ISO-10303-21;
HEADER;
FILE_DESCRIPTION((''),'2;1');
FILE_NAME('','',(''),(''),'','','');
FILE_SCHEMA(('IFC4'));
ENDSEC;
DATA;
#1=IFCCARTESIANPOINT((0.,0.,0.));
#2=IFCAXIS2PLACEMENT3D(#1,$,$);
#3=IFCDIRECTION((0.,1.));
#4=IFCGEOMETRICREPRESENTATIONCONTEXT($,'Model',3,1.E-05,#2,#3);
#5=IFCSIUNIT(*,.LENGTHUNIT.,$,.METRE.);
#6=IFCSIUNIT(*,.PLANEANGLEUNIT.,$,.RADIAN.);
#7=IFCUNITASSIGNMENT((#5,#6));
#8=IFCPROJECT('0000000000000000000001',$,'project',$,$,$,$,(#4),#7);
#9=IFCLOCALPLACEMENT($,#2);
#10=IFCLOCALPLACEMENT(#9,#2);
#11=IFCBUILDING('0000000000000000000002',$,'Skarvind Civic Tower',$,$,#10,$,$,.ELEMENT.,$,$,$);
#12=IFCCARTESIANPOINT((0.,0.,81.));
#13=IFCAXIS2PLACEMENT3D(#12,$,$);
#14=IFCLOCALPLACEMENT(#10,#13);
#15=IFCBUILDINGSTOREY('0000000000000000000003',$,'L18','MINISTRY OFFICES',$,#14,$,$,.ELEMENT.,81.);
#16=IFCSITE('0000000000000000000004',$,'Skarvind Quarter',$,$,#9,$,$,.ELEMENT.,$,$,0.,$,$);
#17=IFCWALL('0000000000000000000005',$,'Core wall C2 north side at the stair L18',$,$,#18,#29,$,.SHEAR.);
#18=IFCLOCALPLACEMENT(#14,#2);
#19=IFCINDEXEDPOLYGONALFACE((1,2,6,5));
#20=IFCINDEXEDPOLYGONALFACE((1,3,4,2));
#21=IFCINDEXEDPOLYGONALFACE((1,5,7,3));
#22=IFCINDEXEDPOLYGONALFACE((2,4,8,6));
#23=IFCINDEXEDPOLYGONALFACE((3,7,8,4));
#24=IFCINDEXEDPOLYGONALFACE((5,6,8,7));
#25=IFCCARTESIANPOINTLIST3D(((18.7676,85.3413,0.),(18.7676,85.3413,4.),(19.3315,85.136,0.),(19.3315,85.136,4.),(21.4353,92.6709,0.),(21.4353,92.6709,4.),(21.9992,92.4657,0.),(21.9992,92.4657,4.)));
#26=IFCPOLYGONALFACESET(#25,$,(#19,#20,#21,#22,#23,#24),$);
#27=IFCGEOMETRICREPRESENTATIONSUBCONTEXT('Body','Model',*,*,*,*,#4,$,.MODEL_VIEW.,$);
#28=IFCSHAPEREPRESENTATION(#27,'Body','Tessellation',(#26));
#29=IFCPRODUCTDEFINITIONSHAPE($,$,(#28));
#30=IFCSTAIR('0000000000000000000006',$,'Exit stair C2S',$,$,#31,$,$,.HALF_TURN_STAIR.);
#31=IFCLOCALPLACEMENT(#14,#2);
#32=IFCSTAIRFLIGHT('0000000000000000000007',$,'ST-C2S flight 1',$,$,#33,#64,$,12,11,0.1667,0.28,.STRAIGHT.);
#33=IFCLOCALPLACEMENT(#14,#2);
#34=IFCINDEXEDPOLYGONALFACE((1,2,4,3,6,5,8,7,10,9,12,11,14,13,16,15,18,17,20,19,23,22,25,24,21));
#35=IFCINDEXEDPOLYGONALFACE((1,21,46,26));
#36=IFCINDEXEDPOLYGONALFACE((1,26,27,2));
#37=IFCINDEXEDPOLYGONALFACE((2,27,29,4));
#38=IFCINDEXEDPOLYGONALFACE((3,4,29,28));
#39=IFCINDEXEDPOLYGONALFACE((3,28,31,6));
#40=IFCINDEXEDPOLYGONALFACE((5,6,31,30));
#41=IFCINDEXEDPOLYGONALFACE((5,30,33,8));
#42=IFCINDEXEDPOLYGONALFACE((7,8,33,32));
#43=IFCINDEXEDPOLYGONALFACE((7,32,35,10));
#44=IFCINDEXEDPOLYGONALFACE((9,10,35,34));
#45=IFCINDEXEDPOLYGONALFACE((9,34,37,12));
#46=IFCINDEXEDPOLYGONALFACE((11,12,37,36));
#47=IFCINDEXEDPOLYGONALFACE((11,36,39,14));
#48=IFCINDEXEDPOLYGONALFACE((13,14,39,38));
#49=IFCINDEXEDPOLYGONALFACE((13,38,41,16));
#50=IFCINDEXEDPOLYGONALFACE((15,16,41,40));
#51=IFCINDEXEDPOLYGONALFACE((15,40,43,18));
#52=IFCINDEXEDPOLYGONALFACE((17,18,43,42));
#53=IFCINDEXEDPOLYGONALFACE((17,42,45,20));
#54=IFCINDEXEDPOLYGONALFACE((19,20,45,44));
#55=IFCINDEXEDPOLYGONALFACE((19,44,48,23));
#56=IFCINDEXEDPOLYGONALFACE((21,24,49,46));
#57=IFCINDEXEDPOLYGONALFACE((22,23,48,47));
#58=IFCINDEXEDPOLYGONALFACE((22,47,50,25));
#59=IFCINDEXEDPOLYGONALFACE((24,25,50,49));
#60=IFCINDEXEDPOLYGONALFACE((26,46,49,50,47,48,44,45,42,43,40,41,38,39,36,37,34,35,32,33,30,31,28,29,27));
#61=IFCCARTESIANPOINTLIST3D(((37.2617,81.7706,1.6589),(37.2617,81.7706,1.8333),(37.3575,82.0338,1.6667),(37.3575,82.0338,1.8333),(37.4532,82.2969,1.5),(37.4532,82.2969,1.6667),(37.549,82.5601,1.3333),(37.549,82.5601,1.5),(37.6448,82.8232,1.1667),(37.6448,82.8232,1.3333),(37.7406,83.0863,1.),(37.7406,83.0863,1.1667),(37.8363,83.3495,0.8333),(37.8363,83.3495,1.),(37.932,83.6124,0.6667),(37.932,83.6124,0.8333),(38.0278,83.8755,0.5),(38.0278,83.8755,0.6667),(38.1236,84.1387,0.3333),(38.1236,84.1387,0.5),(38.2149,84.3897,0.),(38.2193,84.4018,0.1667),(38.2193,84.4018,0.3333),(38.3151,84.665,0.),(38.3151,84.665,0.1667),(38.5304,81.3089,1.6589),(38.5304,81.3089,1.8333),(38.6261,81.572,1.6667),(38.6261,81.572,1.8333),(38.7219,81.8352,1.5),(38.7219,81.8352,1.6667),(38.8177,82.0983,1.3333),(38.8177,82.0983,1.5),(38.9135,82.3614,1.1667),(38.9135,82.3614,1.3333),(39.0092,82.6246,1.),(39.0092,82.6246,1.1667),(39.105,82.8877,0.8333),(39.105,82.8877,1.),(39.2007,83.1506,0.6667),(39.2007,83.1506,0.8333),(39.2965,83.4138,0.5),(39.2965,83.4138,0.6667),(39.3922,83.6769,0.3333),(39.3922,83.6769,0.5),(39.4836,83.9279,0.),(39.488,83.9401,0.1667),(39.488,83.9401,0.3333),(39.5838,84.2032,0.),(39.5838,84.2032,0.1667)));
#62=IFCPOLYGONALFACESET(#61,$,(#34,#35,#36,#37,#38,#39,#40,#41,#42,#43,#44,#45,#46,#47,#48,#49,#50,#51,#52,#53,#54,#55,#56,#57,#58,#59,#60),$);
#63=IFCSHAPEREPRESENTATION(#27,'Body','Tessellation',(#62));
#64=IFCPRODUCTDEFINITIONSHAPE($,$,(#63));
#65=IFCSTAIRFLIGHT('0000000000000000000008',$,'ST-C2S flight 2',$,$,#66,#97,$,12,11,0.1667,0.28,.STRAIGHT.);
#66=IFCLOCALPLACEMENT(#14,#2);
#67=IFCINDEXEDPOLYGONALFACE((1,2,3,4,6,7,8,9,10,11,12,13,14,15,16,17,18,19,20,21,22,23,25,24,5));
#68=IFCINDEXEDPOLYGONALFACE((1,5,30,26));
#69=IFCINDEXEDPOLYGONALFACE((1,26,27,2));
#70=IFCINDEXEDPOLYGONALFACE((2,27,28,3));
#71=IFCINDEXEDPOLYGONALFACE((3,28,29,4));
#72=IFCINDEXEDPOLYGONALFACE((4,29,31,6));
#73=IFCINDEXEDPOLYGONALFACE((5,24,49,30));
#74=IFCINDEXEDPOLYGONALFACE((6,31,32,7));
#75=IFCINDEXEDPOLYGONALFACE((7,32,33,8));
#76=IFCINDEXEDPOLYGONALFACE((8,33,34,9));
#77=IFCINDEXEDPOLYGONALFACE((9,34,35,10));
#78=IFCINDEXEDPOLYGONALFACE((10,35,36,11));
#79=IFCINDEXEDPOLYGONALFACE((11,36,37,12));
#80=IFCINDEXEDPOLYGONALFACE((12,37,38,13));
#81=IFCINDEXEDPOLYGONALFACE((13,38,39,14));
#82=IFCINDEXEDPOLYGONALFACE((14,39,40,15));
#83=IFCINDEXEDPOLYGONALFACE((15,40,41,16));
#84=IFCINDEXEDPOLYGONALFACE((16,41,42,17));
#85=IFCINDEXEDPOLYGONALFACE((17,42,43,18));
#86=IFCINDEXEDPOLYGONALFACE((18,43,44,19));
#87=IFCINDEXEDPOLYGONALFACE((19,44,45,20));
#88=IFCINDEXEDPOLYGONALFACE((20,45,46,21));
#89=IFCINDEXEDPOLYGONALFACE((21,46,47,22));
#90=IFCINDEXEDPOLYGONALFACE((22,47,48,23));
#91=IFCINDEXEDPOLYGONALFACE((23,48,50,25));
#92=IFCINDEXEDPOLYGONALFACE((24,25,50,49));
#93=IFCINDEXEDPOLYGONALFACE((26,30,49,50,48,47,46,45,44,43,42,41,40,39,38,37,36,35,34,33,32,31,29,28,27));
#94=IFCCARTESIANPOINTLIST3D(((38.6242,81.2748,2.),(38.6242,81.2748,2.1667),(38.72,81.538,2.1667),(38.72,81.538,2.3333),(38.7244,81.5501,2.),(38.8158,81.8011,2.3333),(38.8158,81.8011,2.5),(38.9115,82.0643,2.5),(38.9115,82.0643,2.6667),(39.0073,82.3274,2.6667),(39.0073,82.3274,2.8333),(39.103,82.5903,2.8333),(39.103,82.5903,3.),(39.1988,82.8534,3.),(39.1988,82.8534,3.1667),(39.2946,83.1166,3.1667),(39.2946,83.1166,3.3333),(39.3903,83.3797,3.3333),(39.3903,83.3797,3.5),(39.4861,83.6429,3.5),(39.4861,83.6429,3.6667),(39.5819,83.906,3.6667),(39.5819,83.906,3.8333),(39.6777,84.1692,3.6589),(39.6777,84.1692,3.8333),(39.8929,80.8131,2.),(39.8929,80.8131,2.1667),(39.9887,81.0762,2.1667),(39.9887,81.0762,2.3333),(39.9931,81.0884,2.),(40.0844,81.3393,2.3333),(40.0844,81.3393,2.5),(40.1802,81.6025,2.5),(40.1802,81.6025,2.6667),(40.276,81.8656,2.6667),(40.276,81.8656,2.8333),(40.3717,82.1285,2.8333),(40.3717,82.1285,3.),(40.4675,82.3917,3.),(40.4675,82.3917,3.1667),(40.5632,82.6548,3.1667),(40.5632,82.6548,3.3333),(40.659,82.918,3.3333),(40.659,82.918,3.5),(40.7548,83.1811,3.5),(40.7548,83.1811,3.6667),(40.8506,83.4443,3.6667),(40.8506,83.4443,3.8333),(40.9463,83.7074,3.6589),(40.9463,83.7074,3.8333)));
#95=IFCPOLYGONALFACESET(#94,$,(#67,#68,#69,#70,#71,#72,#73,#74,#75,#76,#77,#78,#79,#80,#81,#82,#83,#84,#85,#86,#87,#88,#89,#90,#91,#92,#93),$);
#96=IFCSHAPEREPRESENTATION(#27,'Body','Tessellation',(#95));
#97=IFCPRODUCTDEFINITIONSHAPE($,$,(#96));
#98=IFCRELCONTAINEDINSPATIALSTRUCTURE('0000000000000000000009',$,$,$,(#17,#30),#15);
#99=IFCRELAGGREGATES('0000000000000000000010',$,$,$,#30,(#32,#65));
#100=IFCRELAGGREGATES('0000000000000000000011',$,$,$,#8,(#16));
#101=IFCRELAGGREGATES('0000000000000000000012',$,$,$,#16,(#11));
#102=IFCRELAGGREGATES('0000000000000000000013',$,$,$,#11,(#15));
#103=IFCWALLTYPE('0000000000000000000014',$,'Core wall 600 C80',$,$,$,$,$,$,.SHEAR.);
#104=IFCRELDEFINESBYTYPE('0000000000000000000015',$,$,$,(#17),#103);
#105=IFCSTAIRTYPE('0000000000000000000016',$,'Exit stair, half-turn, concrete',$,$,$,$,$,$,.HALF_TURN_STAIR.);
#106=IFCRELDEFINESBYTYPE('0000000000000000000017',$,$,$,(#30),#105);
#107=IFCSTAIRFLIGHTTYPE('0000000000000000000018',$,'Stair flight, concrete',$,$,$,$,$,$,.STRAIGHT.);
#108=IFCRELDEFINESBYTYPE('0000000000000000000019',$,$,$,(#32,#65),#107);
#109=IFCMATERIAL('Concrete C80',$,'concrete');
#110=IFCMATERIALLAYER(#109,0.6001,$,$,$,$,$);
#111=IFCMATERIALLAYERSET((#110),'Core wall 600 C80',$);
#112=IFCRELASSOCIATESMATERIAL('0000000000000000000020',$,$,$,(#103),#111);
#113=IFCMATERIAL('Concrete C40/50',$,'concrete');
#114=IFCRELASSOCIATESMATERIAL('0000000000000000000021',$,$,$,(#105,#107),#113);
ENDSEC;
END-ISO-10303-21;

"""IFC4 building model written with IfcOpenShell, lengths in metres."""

from ifc_helpers import new_model, si_unit, direction, frame, frame_2d, origin, place, context, subcontext, project, spatial, polyline, rectangle, outline, extrude, material, layer, layer_set, type_object, element, aggregate, save


model = new_model("IFC4")

# Units and contexts
model_context = context("Model", 3, precision=1e-05, world=origin(), true_north=direction((0.0, 1.0)))
body_context = subcontext(model_context, "Body", "Model", "MODEL_VIEW")
ifc_project = project(units=[si_unit("LENGTHUNIT", "METRE"), si_unit("PLANEANGLEUNIT", "RADIAN")], contexts=[model_context])

# Site, building, storey
site_placement = place(None, origin())
site = spatial("IfcSite", under=ifc_project, at=site_placement, Name="Skarvind Quarter", CompositionType="ELEMENT", RefElevation=0.0)
building_placement = place(site_placement, origin())
building = spatial("IfcBuilding", under=site, at=building_placement, Name="Skarvind Civic Tower", CompositionType="ELEMENT")
storey_placement = place(building_placement, frame((0.0, 0.0, 81.0)))
storey = spatial("IfcBuildingStorey", under=building, at=storey_placement, Name="L18", Description="MINISTRY OFFICES", CompositionType="ELEMENT", Elevation=81.0)

# Shared definitions
ifc_material_1 = material(Name="Concrete C40/50", Category="concrete")

# Shared definitions
ifc_material_2 = material(Name="Concrete C80", Category="concrete")

# Wall
ifc_layer_1 = layer(ifc_material_2, 0.6001)
ifc_layer_set_1 = layer_set([ifc_layer_1], Name="Core wall 600 C80")
wall_type_1 = type_object("IfcWallType", Name="Core wall 600 C80", PredefinedType="SHEAR", material=ifc_layer_set_1)
for number, where, z_axis, x_axis, name in (
    (1, (19.0496, 85.2388, 0.0), (0.0, 0.0, 1.0), (0.342017, 0.939694, 0.0), "Core wall C2 north side at the stair L18"),
):
    element("IfcWall", number, at=place(storey_placement, frame(where, z_axis=z_axis, x_axis=x_axis)), inside=storey, type_object=wall_type_1, Name=name, PredefinedType="SHEAR", context=body_context, shape_type="SweptSolid", body=[
        extrude(rectangle(XDim=7.8, YDim=0.6001, at=frame_2d((3.8999, 0.0))), origin(), (0.0, 0.0, 1.0), 4.0),
    ])

# Stair, stair flights
stair_type_1 = type_object("IfcStairType", Name="Exit stair, half-turn, concrete", PredefinedType="HALF_TURN_STAIR", material=ifc_material_1)
stair_1_placement = place(storey_placement, origin())
stair_1 = element("IfcStair", 2, at=stair_1_placement, inside=storey, type_object=stair_type_1, Name="Exit stair C2S", PredefinedType="HALF_TURN_STAIR")
stair_flight_type = type_object("IfcStairFlightType", Name="Stair flight, concrete", PredefinedType="STRAIGHT", material=ifc_material_1)
stair_flight_1_placement = place(storey_placement, frame((38.9495, 84.4341, 0.0), z_axis=(0.0, 0.0, 1.0), x_axis=(-0.34202, -0.939693, 0.0)))
stair_flight_1 = element("IfcStairFlight", 3, at=stair_flight_1_placement, type_object=stair_flight_type, Name="ST-C2S flight 1", NumberOfRisers=12, NumberOfTreads=11, PredefinedType="STRAIGHT", RiserHeight=0.1667, TreadLength=0.28, context=body_context, shape_type="SweptSolid", body=[
    extrude(outline(polyline([(0.0, 0.0), (0.0, 0.1667), (0.28, 0.1667), (0.28, 0.3333), (0.5601, 0.3333), (0.5601, 0.5), (0.8401, 0.5), (0.8401, 0.6667), (1.1201, 0.6667), (1.1201, 0.8333), (1.3999, 0.8333), (1.3999, 1.0), (1.6799, 1.0), (1.6799, 1.1667), (1.96, 1.1667), (1.96, 1.3333), (2.24, 1.3333), (2.24, 1.5), (2.52, 1.5), (2.52, 1.6667), (2.8, 1.6667), (2.8, 1.8333), (3.0801, 1.8333), (3.0801, 2.0), (3.0801, 1.6589), (0.293, 0.0), (0.0, 0.0)])), frame((0.0, 0.675, 0.0), z_axis=(0.0, -1.0, 0.0), x_axis=(1.0, 0.0, 0.0)), (0.0, 0.0, 1.0), 1.3501),
])
stair_flight_2_placement = place(storey_placement, frame((39.2585, 81.0439, 2.0), z_axis=(0.0, 0.0, 1.0), x_axis=(0.34202, 0.939693, 0.0)))
stair_flight_2 = element("IfcStairFlight", 4, at=stair_flight_2_placement, type_object=stair_flight_type, Name="ST-C2S flight 2", NumberOfRisers=12, NumberOfTreads=11, PredefinedType="STRAIGHT", RiserHeight=0.1667, TreadLength=0.28, context=body_context, shape_type="SweptSolid", body=[
    extrude(outline(polyline([(0.0, 0.0), (0.0, 0.1667), (0.28, 0.1667), (0.28, 0.3333), (0.5601, 0.3333), (0.5601, 0.5), (0.8401, 0.5), (0.8401, 0.6667), (1.1201, 0.6667), (1.1201, 0.8333), (1.3999, 0.8333), (1.3999, 1.0), (1.6799, 1.0), (1.6799, 1.1667), (1.96, 1.1667), (1.96, 1.3333), (2.24, 1.3333), (2.24, 1.5), (2.52, 1.5), (2.52, 1.6667), (2.8, 1.6667), (2.8, 1.8333), (3.0801, 1.8333), (3.0801, 2.0), (3.0801, 1.6589), (0.293, 0.0), (0.0, 0.0)])), frame((0.0, 0.675, 0.0), z_axis=(0.0, -1.0, 0.0), x_axis=(1.0, 0.0, 0.0)), (0.0, 0.0, 1.0), 1.3501),
])
aggregate(stair_1, [stair_flight_1, stair_flight_2])

save(model, "model.ifc")
